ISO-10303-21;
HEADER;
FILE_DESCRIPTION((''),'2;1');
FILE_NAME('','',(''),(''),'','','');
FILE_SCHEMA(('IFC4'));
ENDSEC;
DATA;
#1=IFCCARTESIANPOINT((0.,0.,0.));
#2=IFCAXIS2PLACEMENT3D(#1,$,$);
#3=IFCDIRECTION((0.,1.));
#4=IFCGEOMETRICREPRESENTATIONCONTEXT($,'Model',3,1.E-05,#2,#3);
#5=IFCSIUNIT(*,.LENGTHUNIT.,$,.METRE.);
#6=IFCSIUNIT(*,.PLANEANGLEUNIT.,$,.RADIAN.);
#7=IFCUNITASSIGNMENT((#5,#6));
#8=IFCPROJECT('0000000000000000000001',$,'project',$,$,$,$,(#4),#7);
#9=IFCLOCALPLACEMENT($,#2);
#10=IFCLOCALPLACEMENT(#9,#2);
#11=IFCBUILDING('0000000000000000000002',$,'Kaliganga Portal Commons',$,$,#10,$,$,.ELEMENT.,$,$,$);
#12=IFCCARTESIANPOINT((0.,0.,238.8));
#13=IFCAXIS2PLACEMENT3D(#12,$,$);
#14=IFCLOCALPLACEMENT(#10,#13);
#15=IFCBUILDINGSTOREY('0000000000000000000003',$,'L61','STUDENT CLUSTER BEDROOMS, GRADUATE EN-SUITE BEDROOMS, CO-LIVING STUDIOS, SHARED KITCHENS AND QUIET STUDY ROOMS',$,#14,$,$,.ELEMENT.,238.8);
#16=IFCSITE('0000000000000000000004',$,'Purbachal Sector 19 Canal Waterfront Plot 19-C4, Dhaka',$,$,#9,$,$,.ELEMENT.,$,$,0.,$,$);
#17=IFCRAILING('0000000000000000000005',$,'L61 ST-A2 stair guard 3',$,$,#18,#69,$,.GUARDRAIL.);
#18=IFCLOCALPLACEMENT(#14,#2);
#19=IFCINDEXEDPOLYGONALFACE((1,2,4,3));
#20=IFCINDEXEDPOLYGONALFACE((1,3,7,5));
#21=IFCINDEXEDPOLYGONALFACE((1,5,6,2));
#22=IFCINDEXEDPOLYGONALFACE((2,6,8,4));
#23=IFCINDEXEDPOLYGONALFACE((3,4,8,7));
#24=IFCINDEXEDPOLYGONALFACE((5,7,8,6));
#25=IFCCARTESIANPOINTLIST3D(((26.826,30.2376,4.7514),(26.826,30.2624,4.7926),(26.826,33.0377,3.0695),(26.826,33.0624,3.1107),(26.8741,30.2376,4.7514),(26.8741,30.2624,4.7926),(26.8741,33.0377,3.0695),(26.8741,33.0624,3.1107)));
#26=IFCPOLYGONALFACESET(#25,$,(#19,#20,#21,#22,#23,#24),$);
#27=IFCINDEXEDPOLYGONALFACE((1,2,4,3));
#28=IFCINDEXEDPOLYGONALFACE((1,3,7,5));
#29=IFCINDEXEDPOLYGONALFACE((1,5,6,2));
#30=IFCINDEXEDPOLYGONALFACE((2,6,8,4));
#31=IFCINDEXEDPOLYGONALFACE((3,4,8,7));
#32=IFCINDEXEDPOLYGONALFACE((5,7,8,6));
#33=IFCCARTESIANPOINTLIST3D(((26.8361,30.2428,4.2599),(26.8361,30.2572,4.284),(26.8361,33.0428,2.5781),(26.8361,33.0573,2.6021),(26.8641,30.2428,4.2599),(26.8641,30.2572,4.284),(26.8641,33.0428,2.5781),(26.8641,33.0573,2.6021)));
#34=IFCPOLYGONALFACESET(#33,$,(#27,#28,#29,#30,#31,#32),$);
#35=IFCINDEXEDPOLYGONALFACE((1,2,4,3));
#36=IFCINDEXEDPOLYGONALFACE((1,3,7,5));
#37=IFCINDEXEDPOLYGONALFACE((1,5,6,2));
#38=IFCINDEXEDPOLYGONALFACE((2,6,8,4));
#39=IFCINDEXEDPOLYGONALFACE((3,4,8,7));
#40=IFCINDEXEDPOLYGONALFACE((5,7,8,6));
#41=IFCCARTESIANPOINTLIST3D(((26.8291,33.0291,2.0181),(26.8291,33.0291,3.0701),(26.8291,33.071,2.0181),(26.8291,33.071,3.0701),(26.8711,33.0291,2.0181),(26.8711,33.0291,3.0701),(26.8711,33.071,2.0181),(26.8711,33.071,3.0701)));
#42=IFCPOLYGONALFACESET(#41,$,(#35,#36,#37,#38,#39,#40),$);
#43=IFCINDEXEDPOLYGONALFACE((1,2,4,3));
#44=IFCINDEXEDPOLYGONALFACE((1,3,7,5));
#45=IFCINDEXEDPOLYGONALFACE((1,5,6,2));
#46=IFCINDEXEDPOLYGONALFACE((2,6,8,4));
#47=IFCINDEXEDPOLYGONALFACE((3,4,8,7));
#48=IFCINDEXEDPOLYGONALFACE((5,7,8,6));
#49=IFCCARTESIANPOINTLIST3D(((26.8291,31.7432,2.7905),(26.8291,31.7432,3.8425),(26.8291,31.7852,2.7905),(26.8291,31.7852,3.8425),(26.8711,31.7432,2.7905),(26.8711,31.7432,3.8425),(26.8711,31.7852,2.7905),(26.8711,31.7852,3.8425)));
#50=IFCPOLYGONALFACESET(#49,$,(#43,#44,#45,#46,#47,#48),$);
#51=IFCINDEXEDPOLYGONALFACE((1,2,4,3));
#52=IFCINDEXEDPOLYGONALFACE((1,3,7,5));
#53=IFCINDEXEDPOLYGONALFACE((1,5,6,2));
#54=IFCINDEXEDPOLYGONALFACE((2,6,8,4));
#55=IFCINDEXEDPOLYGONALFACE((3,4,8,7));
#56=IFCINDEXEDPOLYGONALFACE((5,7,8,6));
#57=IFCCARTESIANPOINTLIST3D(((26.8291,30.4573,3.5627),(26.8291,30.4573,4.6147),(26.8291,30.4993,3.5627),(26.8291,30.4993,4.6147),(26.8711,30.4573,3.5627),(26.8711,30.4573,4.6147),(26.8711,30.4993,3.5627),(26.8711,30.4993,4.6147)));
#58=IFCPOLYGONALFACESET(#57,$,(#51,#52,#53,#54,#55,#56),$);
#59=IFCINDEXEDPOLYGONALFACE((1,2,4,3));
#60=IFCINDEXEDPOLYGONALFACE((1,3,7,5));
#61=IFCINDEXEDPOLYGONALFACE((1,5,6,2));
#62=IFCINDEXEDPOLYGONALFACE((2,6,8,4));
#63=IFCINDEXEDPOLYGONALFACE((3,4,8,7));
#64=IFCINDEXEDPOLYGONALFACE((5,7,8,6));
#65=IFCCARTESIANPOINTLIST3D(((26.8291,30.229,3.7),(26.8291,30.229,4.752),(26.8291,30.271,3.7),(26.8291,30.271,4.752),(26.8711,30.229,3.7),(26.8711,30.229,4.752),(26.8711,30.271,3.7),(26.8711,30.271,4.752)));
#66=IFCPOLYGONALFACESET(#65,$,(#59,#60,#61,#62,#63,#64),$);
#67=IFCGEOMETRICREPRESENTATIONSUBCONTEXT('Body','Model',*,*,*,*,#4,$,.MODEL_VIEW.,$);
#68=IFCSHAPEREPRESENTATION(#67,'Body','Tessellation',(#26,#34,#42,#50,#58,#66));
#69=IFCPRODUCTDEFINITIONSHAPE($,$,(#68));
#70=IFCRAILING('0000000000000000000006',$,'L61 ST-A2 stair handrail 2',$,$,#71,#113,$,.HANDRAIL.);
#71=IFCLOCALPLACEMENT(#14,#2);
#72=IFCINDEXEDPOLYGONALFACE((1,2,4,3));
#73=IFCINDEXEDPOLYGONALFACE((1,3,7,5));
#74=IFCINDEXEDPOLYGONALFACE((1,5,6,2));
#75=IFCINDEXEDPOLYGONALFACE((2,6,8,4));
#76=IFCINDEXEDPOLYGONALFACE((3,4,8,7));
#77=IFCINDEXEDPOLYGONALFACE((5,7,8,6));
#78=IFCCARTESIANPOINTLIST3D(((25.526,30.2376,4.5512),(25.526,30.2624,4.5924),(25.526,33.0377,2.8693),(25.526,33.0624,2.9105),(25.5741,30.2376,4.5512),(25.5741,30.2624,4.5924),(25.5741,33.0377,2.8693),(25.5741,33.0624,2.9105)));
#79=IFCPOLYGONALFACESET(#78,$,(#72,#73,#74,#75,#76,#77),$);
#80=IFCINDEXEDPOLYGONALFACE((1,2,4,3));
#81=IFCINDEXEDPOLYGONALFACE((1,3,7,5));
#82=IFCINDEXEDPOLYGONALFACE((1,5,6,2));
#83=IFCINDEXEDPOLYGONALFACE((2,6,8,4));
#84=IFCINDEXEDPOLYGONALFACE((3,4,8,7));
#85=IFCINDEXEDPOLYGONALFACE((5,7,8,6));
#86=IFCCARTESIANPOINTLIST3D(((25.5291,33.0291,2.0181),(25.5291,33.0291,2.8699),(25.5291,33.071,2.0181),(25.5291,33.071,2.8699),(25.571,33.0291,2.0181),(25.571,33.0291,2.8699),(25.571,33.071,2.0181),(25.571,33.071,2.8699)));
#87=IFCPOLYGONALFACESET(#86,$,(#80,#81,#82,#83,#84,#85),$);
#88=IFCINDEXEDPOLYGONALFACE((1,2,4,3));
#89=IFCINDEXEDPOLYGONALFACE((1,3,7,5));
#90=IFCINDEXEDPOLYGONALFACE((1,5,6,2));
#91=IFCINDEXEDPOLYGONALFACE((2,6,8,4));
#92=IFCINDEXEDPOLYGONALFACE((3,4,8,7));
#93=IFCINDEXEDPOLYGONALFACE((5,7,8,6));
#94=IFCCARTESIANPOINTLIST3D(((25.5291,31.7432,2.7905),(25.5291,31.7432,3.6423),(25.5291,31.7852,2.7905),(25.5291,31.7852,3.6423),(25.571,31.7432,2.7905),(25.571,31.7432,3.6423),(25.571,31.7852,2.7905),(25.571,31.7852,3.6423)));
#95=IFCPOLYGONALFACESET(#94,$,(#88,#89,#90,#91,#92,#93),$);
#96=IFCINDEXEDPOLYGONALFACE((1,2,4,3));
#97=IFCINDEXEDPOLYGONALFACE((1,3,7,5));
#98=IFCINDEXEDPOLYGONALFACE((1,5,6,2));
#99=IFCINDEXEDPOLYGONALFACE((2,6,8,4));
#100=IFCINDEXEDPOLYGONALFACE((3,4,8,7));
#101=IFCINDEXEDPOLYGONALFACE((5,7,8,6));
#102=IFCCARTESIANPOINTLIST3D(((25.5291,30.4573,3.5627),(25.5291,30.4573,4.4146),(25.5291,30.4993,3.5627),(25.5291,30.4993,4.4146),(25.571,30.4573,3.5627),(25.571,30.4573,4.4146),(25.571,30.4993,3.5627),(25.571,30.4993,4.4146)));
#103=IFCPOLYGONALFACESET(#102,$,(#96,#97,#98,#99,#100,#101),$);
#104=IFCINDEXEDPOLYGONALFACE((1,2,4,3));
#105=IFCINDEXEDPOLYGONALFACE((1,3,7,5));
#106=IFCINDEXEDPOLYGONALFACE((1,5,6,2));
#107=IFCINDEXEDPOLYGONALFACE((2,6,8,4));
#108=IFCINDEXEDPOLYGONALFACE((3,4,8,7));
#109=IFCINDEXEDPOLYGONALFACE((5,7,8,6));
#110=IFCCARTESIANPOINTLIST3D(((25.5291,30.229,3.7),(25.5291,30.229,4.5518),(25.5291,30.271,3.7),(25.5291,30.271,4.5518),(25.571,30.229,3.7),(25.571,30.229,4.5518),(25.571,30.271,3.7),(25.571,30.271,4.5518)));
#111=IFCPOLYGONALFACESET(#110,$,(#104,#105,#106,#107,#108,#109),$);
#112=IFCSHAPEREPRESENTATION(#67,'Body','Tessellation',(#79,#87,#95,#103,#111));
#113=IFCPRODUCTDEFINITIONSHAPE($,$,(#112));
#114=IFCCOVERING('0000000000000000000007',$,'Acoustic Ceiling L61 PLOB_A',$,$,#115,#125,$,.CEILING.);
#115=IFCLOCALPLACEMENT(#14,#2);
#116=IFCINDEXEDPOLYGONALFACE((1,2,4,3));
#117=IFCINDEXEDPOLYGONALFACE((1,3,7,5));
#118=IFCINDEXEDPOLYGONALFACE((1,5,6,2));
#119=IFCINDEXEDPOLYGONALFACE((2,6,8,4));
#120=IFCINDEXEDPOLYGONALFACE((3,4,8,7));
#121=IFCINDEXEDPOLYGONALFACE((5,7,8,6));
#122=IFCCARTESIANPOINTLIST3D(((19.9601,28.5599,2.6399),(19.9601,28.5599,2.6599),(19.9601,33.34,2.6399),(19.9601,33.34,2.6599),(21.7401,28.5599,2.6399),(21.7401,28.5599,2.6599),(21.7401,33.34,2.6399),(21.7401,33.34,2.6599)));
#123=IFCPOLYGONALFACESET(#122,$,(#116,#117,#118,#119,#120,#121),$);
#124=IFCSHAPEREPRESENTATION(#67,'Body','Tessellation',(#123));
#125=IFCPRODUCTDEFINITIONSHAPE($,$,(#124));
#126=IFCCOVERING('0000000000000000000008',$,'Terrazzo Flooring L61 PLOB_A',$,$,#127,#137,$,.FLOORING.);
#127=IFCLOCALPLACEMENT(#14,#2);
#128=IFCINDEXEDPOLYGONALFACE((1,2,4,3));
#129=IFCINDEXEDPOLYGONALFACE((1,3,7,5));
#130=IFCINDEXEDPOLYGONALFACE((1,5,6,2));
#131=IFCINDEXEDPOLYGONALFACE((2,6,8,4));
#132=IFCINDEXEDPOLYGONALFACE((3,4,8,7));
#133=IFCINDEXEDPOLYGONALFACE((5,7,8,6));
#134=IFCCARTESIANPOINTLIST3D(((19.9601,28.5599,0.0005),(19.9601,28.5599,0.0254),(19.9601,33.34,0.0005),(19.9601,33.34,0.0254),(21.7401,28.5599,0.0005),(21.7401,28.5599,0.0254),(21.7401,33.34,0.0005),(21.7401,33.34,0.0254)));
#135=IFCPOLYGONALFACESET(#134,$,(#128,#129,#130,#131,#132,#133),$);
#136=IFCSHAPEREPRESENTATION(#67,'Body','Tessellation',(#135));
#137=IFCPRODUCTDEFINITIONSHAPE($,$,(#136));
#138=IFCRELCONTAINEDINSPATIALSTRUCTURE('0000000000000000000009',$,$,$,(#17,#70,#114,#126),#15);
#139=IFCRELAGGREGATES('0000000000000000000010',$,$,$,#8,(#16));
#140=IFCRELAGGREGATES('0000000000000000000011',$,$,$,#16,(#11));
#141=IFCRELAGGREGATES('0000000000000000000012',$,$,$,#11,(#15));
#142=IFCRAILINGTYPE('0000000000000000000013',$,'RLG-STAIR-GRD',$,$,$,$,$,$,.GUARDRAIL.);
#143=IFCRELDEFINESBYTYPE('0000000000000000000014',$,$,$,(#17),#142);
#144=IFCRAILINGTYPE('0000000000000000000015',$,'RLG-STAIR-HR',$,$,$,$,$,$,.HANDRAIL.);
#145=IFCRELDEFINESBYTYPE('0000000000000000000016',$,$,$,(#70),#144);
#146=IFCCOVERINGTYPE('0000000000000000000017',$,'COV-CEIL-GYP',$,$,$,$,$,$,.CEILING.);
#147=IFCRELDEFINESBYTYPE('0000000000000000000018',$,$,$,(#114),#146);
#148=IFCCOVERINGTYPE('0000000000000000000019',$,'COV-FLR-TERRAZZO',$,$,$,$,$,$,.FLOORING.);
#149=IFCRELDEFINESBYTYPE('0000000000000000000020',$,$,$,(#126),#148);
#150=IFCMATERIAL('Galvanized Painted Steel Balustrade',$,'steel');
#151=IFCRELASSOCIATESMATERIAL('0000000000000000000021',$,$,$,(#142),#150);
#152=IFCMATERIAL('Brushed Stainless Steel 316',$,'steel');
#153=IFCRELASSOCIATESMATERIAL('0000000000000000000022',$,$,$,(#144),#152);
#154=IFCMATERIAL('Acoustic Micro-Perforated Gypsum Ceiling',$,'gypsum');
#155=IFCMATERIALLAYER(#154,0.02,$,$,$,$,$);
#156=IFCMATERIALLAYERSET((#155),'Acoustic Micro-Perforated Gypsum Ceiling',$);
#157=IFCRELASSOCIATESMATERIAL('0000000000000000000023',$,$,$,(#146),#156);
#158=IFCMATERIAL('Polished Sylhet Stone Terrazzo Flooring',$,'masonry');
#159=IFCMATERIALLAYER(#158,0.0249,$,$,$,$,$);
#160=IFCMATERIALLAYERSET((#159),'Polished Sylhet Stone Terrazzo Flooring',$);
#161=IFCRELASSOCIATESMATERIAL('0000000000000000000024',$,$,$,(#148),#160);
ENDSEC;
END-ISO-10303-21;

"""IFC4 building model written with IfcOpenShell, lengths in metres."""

from ifc_helpers import new_model, si_unit, direction, frame, origin, origin_2d, place, context, subcontext, project, spatial, rectangle, extrude, source, transform, mapped, material, layer, layer_set, type_object, element, save


model = new_model("IFC4")

# Units and contexts
model_context = context("Model", 3, precision=1e-05, world=origin(), true_north=direction((0.0, 1.0)))
body_context = subcontext(model_context, "Body", "Model", "MODEL_VIEW")
ifc_project = project(units=[si_unit("LENGTHUNIT", "METRE"), si_unit("PLANEANGLEUNIT", "RADIAN")], contexts=[model_context])

# Site, building, storey
site_placement = place(None, origin())
site = spatial("IfcSite", under=ifc_project, at=site_placement, Name="Purbachal Sector 19 Canal Waterfront Plot 19-C4, Dhaka", CompositionType="ELEMENT", RefElevation=0.0)
building_placement = place(site_placement, origin())
building = spatial("IfcBuilding", under=site, at=building_placement, Name="Kaliganga Portal Commons", CompositionType="ELEMENT")
storey_placement = place(building_placement, frame((0.0, 0.0, 238.8)))
storey = spatial("IfcBuildingStorey", under=building, at=storey_placement, Name="L61", Description="STUDENT CLUSTER BEDROOMS, GRADUATE EN-SUITE BEDROOMS, CO-LIVING STUDIOS, SHARED KITCHENS AND QUIET STUDY ROOMS", CompositionType="ELEMENT", Elevation=238.8)

# Railings
ifc_material_1 = material(Name="Galvanized Painted Steel Balustrade", Category="steel")
railing_type_1 = type_object("IfcRailingType", Name="RLG-STAIR-GRD", PredefinedType="GUARDRAIL", material=ifc_material_1)
railing_1_placement = place(storey_placement, frame((26.8501, 33.05, 2.0181)))
element("IfcRailing", 1, at=railing_1_placement, inside=storey, type_object=railing_type_1, Name="L61 ST-A2 stair guard 3", PredefinedType="GUARDRAIL", context=body_context, shape_type="SweptSolid", body=[
    extrude(rectangle(XDim=0.0481, YDim=0.0481, at=origin_2d()), frame((0.0, 0.0, 1.072), z_axis=(0.0, -0.857242, 0.514913), x_axis=(1.0, 0.0, 0.0)), (0.0, 0.0, 1.0), 3.2664),
    extrude(rectangle(XDim=0.0281, YDim=0.0281, at=origin_2d()), frame((0.0, 0.0, 0.572), z_axis=(0.0, -0.857242, 0.514913), x_axis=(1.0, 0.0, 0.0)), (0.0, 0.0, 1.0), 3.2664),
    extrude(rectangle(XDim=0.042, YDim=0.042, at=origin_2d()), origin(), (0.0, 0.0, 1.0), 1.052),
    extrude(rectangle(XDim=0.042, YDim=0.042, at=origin_2d()), frame((0.0, -1.2859, 0.7725)), (0.0, 0.0, 1.0), 1.052),
    extrude(rectangle(XDim=0.042, YDim=0.042, at=origin_2d()), frame((0.0, -2.5718, 1.5447)), (0.0, 0.0, 1.0), 1.052),
    extrude(rectangle(XDim=0.042, YDim=0.042, at=origin_2d()), frame((0.0, -2.8, 1.6819)), (0.0, 0.0, 1.0), 1.052),
])
ifc_material_2 = material(Name="Brushed Stainless Steel 316", Category="steel")
railing_type_2 = type_object("IfcRailingType", Name="RLG-STAIR-HR", PredefinedType="HANDRAIL", material=ifc_material_2)
railing_2_placement = place(storey_placement, frame((25.55, 33.05, 2.0181)))
element("IfcRailing", 2, at=railing_2_placement, inside=storey, type_object=railing_type_2, Name="L61 ST-A2 stair handrail 2", PredefinedType="HANDRAIL", context=body_context, shape_type="SweptSolid", body=[
    extrude(rectangle(XDim=0.0481, YDim=0.0481, at=origin_2d()), frame((0.0, 0.0, 0.8718), z_axis=(0.0, -0.857242, 0.514913), x_axis=(1.0, 0.0, 0.0)), (0.0, 0.0, 1.0), 3.2664),
    extrude(rectangle(XDim=0.042, YDim=0.042, at=origin_2d()), origin(), (0.0, 0.0, 1.0), 0.8518),
    extrude(rectangle(XDim=0.042, YDim=0.042, at=origin_2d()), frame((0.0, -1.2859, 0.7725)), (0.0, 0.0, 1.0), 0.8518),
    extrude(rectangle(XDim=0.042, YDim=0.042, at=origin_2d()), frame((0.0, -2.5718, 1.5447)), (0.0, 0.0, 1.0), 0.8518),
    extrude(rectangle(XDim=0.042, YDim=0.042, at=origin_2d()), frame((0.0, -2.8, 1.6819)), (0.0, 0.0, 1.0), 0.8518),
])

# Coverings
ifc_material_3 = material(Name="Acoustic Micro-Perforated Gypsum Ceiling", Category="gypsum")
ifc_layer_1 = layer(ifc_material_3, 0.02)
ifc_layer_set_1 = layer_set([ifc_layer_1], Name="Acoustic Micro-Perforated Gypsum Ceiling")
covering_type_1 = type_object("IfcCoveringType", Name="COV-CEIL-GYP", PredefinedType="CEILING", material=ifc_layer_set_1)
shared_shape_1 = source(origin(), body_context, "Body", "SweptSolid", [
    extrude(rectangle(XDim=1.78, YDim=4.78, at=origin_2d()), origin(), (0.0, 0.0, 1.0), 0.02),
])
covering_1_placement = place(storey_placement, frame((20.8501, 30.95, 2.6399), z_axis=(0.0, 0.0, 1.0), x_axis=(1.0, 0.0, 0.0)))
element("IfcCovering", 3, at=covering_1_placement, inside=storey, type_object=covering_type_1, Name="Acoustic Ceiling L61 PLOB_A", PredefinedType="CEILING", context=body_context, shape_type="MappedRepresentation", body=[
    mapped(shared_shape_1, transform((0.0, 0.0, 0.0), x_axis=(1.0, 0.0, 0.0), y_axis=(0.0, 1.0, 0.0), z_axis=(0.0, 0.0, 1.0), scale=1.0)),
])
ifc_material_4 = material(Name="Polished Sylhet Stone Terrazzo Flooring", Category="masonry")
ifc_layer_2 = layer(ifc_material_4, 0.0249)
ifc_layer_set_2 = layer_set([ifc_layer_2], Name="Polished Sylhet Stone Terrazzo Flooring")
covering_type_2 = type_object("IfcCoveringType", Name="COV-FLR-TERRAZZO", PredefinedType="FLOORING", material=ifc_layer_set_2)
shared_shape_2 = source(origin(), body_context, "Body", "SweptSolid", [
    extrude(rectangle(XDim=1.78, YDim=4.78, at=origin_2d()), origin(), (0.0, 0.0, 1.0), 0.0249),
])
covering_2_placement = place(storey_placement, frame((20.8501, 30.95, 0.0005), z_axis=(0.0, 0.0, 1.0), x_axis=(1.0, 0.0, 0.0)))
element("IfcCovering", 4, at=covering_2_placement, inside=storey, type_object=covering_type_2, Name="Terrazzo Flooring L61 PLOB_A", PredefinedType="FLOORING", context=body_context, shape_type="MappedRepresentation", body=[
    mapped(shared_shape_2, transform((0.0, 0.0, 0.0), x_axis=(1.0, 0.0, 0.0), y_axis=(0.0, 1.0, 0.0), z_axis=(0.0, 0.0, 1.0), scale=1.0)),
])

save(model, "model.ifc")
